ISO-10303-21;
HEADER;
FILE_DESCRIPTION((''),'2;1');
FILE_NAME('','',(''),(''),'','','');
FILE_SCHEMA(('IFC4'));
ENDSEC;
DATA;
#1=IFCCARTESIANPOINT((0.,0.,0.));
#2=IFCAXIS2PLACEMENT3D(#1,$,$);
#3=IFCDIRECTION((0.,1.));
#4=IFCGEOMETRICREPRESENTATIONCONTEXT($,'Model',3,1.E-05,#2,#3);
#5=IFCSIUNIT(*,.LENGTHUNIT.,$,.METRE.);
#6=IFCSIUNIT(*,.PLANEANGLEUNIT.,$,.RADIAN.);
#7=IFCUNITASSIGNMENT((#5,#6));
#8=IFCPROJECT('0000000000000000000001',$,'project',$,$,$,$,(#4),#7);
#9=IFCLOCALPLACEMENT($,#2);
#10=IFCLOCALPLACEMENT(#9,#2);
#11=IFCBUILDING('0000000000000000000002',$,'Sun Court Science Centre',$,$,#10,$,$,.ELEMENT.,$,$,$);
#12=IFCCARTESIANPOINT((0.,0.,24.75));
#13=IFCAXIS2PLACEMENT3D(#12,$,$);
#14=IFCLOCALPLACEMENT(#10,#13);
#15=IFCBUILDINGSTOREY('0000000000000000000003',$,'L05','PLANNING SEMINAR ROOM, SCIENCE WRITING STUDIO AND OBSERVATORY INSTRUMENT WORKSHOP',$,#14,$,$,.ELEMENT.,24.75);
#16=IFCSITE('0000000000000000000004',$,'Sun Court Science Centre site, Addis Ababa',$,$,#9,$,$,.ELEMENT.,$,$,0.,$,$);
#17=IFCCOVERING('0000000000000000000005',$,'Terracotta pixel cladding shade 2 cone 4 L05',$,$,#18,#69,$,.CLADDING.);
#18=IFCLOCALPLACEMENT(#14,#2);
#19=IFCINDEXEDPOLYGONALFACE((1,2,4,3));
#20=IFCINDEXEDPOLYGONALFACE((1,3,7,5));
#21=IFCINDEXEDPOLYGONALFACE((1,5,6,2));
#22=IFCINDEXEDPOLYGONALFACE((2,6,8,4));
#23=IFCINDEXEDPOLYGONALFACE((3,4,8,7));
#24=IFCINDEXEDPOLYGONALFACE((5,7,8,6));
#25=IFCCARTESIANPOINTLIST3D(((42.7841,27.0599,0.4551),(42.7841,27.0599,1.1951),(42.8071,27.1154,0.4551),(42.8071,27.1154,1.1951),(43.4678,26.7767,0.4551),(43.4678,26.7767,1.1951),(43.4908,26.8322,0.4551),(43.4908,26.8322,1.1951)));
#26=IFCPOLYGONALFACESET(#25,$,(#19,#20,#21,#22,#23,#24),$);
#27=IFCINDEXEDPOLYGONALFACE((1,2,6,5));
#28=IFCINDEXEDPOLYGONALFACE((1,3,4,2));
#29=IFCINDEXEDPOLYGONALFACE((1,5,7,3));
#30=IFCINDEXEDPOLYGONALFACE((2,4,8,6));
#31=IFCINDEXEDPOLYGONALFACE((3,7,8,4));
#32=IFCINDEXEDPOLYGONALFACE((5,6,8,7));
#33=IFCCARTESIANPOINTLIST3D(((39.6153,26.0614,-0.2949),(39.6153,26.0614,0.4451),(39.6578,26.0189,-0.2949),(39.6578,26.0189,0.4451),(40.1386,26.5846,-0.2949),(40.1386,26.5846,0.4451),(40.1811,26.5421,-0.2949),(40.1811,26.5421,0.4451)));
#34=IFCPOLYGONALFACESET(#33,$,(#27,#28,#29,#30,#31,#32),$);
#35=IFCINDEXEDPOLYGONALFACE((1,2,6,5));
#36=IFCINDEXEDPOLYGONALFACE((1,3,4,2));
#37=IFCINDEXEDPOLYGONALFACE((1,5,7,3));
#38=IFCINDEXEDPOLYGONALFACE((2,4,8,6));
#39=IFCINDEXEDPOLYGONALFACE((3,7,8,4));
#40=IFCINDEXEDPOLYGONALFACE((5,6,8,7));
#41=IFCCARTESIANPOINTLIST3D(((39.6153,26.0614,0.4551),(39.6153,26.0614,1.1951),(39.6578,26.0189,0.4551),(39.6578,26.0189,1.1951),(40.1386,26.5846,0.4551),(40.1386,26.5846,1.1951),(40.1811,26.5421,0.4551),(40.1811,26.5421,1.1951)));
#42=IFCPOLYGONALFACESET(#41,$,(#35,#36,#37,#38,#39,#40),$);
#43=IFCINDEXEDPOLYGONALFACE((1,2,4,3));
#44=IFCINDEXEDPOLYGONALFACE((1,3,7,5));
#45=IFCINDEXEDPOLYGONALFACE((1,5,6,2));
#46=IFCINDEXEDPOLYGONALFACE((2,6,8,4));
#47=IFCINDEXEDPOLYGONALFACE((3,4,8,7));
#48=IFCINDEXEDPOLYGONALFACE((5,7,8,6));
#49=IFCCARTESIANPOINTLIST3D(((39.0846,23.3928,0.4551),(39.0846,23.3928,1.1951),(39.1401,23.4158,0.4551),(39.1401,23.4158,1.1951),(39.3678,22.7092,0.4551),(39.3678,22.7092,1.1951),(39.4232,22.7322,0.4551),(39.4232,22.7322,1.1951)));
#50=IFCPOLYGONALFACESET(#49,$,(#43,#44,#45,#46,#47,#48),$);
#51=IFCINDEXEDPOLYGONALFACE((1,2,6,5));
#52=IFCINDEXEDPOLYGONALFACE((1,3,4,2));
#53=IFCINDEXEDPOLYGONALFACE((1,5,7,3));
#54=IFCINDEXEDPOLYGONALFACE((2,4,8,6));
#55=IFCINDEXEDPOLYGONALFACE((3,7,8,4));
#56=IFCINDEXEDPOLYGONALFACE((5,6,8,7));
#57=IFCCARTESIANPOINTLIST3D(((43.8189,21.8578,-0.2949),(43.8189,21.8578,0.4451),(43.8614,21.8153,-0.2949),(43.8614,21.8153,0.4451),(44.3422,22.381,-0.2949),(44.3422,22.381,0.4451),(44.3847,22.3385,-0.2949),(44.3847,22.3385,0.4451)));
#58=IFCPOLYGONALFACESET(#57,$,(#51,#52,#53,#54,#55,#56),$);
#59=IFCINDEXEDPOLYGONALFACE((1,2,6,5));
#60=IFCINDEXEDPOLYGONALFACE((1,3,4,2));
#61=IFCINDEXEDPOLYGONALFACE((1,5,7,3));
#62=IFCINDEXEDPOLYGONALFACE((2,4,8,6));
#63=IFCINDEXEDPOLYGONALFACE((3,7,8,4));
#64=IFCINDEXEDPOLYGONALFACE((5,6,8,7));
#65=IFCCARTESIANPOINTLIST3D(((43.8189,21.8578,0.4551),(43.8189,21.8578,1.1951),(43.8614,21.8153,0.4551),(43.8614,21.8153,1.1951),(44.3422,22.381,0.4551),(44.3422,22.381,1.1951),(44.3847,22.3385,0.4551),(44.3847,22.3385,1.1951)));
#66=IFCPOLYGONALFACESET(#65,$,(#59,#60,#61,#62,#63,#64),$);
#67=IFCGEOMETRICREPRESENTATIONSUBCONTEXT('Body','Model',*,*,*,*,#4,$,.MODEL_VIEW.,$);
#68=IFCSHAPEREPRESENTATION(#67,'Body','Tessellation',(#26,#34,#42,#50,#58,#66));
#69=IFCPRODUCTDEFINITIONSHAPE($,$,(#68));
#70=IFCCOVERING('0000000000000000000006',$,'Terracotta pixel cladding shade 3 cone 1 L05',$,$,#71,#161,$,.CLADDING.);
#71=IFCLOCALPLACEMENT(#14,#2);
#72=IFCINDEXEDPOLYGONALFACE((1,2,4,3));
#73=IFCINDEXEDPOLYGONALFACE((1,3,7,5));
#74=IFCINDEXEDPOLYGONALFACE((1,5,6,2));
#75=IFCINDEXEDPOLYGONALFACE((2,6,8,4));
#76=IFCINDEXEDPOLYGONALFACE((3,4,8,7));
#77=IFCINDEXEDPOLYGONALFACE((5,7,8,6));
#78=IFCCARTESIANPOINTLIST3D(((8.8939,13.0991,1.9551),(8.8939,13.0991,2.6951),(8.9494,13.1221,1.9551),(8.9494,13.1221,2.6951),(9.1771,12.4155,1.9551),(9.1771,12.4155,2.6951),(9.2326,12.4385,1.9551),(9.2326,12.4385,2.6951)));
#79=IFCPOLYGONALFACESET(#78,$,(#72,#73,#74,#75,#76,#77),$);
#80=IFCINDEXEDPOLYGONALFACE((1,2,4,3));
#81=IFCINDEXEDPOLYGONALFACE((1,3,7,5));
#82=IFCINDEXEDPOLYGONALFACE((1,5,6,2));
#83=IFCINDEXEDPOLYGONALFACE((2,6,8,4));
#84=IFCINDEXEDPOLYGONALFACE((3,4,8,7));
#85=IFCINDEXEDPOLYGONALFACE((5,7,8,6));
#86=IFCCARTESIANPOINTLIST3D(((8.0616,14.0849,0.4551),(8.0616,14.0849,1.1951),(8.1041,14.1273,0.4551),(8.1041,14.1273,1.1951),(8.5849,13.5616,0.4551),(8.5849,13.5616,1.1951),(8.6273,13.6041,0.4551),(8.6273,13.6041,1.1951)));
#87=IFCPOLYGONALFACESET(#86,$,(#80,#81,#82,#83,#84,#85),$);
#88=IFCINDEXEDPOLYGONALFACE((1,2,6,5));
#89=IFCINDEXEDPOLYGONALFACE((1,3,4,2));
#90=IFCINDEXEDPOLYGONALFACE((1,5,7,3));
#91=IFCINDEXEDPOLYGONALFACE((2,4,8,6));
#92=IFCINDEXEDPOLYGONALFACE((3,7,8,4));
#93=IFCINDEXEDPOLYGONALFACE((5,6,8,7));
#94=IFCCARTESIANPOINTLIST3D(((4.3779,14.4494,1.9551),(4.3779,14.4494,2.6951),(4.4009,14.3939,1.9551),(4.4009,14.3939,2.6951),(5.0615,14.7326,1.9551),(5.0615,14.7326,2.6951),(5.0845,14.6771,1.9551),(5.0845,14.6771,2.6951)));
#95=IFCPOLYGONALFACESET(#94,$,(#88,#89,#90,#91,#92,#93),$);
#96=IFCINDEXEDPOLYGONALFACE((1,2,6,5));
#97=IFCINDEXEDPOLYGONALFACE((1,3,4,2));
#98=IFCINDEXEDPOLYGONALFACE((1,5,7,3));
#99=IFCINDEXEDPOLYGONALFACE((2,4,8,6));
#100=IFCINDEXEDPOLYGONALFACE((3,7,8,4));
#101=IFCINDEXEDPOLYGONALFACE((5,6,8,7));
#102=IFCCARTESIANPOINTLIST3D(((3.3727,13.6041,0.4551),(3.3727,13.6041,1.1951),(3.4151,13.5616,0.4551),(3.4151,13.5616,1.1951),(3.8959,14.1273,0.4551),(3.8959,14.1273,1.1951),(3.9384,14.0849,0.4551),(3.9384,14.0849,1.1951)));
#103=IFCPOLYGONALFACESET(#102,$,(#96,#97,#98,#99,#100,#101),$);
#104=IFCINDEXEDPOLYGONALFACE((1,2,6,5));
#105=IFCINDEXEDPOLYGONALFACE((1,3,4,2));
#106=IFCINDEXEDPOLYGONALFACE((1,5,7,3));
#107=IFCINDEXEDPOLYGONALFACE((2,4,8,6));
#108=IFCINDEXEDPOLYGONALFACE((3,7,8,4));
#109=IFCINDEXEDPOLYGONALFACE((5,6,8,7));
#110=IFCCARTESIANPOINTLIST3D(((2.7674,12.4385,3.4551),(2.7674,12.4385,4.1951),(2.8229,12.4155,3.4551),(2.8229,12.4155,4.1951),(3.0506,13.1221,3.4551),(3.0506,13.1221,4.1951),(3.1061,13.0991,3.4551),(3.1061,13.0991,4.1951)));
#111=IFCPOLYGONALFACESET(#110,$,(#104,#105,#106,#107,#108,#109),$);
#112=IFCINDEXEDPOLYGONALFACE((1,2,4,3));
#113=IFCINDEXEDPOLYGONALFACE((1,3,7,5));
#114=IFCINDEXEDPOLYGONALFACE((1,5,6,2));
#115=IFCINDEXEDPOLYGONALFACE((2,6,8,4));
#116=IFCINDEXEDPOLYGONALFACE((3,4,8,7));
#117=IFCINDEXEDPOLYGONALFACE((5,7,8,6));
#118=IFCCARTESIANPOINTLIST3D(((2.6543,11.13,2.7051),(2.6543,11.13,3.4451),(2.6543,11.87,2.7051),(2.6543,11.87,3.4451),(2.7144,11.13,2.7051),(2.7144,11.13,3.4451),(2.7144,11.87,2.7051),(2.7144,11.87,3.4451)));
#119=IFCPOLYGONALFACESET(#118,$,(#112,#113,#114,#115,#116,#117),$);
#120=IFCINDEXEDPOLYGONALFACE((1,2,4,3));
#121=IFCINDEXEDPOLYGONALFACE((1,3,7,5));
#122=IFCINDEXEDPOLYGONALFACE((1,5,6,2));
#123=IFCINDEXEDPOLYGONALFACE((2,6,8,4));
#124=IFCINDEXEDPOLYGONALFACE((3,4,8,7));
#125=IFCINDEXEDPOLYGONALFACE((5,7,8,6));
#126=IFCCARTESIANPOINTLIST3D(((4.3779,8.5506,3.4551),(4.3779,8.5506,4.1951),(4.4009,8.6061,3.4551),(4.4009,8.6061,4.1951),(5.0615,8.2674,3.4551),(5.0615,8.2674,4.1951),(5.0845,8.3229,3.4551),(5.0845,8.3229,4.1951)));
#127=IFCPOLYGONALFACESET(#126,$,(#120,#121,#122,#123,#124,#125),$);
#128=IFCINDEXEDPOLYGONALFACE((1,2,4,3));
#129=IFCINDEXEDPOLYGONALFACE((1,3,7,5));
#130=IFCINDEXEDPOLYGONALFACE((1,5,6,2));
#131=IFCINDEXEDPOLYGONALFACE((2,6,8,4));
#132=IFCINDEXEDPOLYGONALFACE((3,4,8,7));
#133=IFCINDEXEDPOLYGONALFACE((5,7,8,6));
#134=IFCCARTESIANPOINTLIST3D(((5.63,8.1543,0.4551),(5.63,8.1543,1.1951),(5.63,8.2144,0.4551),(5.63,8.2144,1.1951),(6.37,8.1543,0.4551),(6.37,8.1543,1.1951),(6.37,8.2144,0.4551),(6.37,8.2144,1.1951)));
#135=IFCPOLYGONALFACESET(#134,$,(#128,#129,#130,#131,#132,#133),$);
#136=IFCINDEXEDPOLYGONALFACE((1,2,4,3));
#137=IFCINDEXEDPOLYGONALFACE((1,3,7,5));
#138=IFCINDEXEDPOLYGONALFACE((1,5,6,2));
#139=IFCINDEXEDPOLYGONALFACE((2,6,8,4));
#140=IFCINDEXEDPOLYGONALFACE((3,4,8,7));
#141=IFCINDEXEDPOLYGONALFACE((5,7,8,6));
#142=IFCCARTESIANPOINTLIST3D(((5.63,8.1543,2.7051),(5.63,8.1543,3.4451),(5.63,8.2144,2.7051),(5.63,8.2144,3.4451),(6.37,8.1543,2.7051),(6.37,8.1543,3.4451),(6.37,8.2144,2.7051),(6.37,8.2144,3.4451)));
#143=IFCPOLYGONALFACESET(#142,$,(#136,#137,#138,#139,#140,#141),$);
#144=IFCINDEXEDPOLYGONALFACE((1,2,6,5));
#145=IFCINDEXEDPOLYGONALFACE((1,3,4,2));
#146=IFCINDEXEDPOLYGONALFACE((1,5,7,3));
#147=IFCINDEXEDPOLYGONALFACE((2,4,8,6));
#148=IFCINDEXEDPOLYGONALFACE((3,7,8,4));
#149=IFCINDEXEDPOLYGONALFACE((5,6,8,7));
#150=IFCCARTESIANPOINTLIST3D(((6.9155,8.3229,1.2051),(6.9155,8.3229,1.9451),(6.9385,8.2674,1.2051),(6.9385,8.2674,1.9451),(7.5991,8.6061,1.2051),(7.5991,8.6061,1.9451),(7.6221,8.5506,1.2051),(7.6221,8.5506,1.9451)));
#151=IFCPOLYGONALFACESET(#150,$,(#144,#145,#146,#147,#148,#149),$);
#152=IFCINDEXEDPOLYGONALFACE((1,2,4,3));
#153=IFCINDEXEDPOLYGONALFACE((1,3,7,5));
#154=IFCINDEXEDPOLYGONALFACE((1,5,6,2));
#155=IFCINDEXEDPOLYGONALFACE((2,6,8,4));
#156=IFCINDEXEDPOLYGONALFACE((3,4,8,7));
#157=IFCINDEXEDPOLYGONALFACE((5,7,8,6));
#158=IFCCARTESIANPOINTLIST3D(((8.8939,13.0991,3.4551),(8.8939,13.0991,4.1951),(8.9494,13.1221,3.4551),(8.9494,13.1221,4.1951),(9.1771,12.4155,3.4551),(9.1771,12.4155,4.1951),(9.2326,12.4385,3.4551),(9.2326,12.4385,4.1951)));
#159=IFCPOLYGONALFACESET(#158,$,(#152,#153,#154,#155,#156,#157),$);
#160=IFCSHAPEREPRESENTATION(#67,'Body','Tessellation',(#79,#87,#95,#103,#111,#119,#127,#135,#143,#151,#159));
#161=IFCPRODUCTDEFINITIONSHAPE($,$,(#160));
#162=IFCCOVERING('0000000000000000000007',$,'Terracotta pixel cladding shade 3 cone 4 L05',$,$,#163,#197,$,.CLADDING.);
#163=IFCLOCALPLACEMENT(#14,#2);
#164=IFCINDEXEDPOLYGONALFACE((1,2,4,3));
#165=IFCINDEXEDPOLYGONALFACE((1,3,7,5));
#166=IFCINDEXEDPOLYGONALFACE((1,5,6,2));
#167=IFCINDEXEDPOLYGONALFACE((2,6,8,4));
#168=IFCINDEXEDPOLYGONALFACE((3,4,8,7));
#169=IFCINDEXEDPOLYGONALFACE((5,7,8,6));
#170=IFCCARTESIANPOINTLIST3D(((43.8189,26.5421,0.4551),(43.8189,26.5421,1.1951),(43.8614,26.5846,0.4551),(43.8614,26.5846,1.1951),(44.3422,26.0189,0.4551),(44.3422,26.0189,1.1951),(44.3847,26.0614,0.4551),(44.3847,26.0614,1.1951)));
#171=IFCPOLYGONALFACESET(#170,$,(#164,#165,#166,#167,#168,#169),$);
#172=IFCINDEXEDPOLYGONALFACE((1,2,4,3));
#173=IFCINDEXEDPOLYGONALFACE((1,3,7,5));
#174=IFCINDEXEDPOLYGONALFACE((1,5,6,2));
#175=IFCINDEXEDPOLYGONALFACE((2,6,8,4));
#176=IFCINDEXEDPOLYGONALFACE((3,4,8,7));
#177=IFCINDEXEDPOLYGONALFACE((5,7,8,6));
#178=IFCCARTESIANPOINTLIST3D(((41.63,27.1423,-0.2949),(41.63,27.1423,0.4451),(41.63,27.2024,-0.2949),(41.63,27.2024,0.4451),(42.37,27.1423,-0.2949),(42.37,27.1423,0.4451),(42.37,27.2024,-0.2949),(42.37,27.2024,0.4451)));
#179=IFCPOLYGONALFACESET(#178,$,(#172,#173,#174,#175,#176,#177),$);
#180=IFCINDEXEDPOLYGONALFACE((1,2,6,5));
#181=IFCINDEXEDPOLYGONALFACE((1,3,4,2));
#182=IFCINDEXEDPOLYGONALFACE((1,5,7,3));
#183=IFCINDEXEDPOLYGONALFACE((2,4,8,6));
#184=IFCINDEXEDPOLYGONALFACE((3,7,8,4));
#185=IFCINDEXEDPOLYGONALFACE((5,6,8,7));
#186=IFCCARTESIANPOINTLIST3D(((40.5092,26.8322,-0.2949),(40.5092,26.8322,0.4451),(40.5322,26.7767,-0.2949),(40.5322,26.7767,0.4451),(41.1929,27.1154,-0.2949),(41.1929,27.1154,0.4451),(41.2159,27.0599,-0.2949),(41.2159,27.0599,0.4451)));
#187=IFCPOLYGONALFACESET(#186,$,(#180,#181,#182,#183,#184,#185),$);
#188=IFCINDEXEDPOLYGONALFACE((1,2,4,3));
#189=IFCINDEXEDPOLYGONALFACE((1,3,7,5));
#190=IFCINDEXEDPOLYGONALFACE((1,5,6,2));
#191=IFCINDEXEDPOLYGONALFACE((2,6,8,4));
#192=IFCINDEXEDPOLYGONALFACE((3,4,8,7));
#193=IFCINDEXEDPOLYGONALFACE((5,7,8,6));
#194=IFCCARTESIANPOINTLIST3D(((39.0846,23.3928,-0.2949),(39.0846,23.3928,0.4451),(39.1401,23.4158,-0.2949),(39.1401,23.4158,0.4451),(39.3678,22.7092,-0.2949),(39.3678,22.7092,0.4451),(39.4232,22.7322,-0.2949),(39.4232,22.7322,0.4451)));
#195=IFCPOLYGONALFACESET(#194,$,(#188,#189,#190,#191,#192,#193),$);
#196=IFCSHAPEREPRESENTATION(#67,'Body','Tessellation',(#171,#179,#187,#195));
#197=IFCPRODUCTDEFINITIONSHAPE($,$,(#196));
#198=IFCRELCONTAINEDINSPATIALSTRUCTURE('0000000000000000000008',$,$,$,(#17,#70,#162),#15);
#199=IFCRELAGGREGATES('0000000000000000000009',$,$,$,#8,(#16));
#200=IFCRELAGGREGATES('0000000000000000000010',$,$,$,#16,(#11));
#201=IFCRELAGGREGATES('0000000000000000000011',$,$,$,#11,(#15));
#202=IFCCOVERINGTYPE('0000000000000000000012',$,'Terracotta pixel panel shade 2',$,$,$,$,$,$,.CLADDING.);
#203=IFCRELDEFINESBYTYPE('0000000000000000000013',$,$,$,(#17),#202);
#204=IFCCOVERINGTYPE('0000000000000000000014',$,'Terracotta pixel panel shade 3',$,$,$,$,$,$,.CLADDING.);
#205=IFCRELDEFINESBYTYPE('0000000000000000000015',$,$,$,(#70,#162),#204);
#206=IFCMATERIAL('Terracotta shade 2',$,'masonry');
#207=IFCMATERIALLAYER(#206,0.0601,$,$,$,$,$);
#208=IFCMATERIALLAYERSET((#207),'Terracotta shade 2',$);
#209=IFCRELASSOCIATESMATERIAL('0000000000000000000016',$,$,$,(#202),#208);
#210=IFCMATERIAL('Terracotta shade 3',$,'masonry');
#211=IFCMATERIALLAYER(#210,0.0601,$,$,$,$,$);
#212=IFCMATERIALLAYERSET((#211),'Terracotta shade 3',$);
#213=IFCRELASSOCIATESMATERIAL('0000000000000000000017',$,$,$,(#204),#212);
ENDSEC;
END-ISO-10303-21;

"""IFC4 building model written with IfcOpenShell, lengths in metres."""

from ifc_helpers import new_model, si_unit, direction, frame, origin, origin_2d, place, context, subcontext, project, spatial, rectangle, extrude, material, layer, layer_set, type_object, element, save


model = new_model("IFC4")

# Units and contexts
model_context = context("Model", 3, precision=1e-05, world=origin(), true_north=direction((0.0, 1.0)))
body_context = subcontext(model_context, "Body", "Model", "MODEL_VIEW")
ifc_project = project(units=[si_unit("LENGTHUNIT", "METRE"), si_unit("PLANEANGLEUNIT", "RADIAN")], contexts=[model_context])

# Site, building, storey
site_placement = place(None, origin())
site = spatial("IfcSite", under=ifc_project, at=site_placement, Name="Sun Court Science Centre site, Addis Ababa", CompositionType="ELEMENT", RefElevation=0.0)
building_placement = place(site_placement, origin())
building = spatial("IfcBuilding", under=site, at=building_placement, Name="Sun Court Science Centre", CompositionType="ELEMENT")
storey_placement = place(building_placement, frame((0.0, 0.0, 24.75)))
storey = spatial("IfcBuildingStorey", under=building, at=storey_placement, Name="L05", Description="PLANNING SEMINAR ROOM, SCIENCE WRITING STUDIO AND OBSERVATORY INSTRUMENT WORKSHOP", CompositionType="ELEMENT", Elevation=24.75)

# Coverings
ifc_material_1 = material(Name="Terracotta shade 2", Category="masonry")
ifc_layer_1 = layer(ifc_material_1, 0.0601)
ifc_layer_set_1 = layer_set([ifc_layer_1], Name="Terracotta shade 2")
covering_type_1 = type_object("IfcCoveringType", Name="Terracotta pixel panel shade 2", PredefinedType="CLADDING", material=ifc_layer_set_1)
covering_1_placement = place(storey_placement, frame((0.0, 0.0, -24.75)))
element("IfcCovering", 1, at=covering_1_placement, inside=storey, type_object=covering_type_1, Name="Terracotta pixel cladding shade 2 cone 4 L05", PredefinedType="CLADDING", context=body_context, shape_type="SweptSolid", body=[
    extrude(rectangle(XDim=0.74, YDim=0.0601, at=origin_2d()), frame((43.1375, 26.946, 25.2051), z_axis=(0.0, 0.0, 1.0), x_axis=(0.92388, -0.382683, 0.0)), (0.0, 0.0, 1.0), 0.74),
    extrude(rectangle(XDim=0.74, YDim=0.0601, at=origin_2d()), frame((39.8982, 26.3018, 24.4551), z_axis=(0.0, 0.0, 1.0), x_axis=(0.707107, 0.707107, 0.0)), (0.0, 0.0, 1.0), 0.74),
    extrude(rectangle(XDim=0.74, YDim=0.0601, at=origin_2d()), frame((39.8982, 26.3018, 25.2051), z_axis=(0.0, 0.0, 1.0), x_axis=(0.707107, 0.707107, 0.0)), (0.0, 0.0, 1.0), 0.74),
    extrude(rectangle(XDim=0.74, YDim=0.0601, at=origin_2d()), frame((39.2539, 23.0625, 25.2051), z_axis=(0.0, 0.0, 1.0), x_axis=(-0.382683, 0.92388, 0.0)), (0.0, 0.0, 1.0), 0.74),
    extrude(rectangle(XDim=0.74, YDim=0.0601, at=origin_2d()), frame((44.1018, 22.0981, 24.4551), z_axis=(0.0, 0.0, 1.0), x_axis=(-0.707107, -0.707107, 0.0)), (0.0, 0.0, 1.0), 0.74),
    extrude(rectangle(XDim=0.74, YDim=0.0601, at=origin_2d()), frame((44.1018, 22.0981, 25.2051), z_axis=(0.0, 0.0, 1.0), x_axis=(-0.707107, -0.707107, 0.0)), (0.0, 0.0, 1.0), 0.74),
])
ifc_material_2 = material(Name="Terracotta shade 3", Category="masonry")
ifc_layer_2 = layer(ifc_material_2, 0.0601)
ifc_layer_set_2 = layer_set([ifc_layer_2], Name="Terracotta shade 3")
covering_type_2 = type_object("IfcCoveringType", Name="Terracotta pixel panel shade 3", PredefinedType="CLADDING", material=ifc_layer_set_2)
covering_2_placement = place(storey_placement, frame((0.0, 0.0, -24.75)))
element("IfcCovering", 2, at=covering_2_placement, inside=storey, type_object=covering_type_2, Name="Terracotta pixel cladding shade 3 cone 1 L05", PredefinedType="CLADDING", context=body_context, shape_type="SweptSolid", body=[
    extrude(rectangle(XDim=0.74, YDim=0.0601, at=origin_2d()), frame((9.0632, 12.7688, 26.7051), z_axis=(0.0, 0.0, 1.0), x_axis=(0.382683, -0.92388, 0.0)), (0.0, 0.0, 1.0), 0.74),
    extrude(rectangle(XDim=0.74, YDim=0.0601, at=origin_2d()), frame((8.3445, 13.8445, 25.2051), z_axis=(0.0, 0.0, 1.0), x_axis=(0.707107, -0.707107, 0.0)), (0.0, 0.0, 1.0), 0.74),
    extrude(rectangle(XDim=0.74, YDim=0.0601, at=origin_2d()), frame((4.7312, 14.5632, 26.7051), z_axis=(0.0, 0.0, 1.0), x_axis=(0.92388, 0.382683, 0.0)), (0.0, 0.0, 1.0), 0.74),
    extrude(rectangle(XDim=0.74, YDim=0.0601, at=origin_2d()), frame((3.6555, 13.8445, 25.2051), z_axis=(0.0, 0.0, 1.0), x_axis=(0.707107, 0.707107, 0.0)), (0.0, 0.0, 1.0), 0.74),
    extrude(rectangle(XDim=0.74, YDim=0.0601, at=origin_2d()), frame((2.9368, 12.7688, 28.2051), z_axis=(0.0, 0.0, 1.0), x_axis=(0.382683, 0.92388, 0.0)), (0.0, 0.0, 1.0), 0.74),
    extrude(rectangle(XDim=0.74, YDim=0.0601, at=origin_2d()), frame((2.6843, 11.5, 27.4551), z_axis=(0.0, 0.0, 1.0), x_axis=(0.0, 1.0, 0.0)), (0.0, 0.0, 1.0), 0.74),
    extrude(rectangle(XDim=0.74, YDim=0.0601, at=origin_2d()), frame((4.7312, 8.4368, 28.2051), z_axis=(0.0, 0.0, 1.0), x_axis=(-0.92388, 0.382683, 0.0)), (0.0, 0.0, 1.0), 0.74),
    extrude(rectangle(XDim=0.74, YDim=0.0601, at=origin_2d()), frame((6.0, 8.1843, 25.2051), z_axis=(0.0, 0.0, 1.0), x_axis=(-1.0, 0.0, 0.0)), (0.0, 0.0, 1.0), 0.74),
    extrude(rectangle(XDim=0.74, YDim=0.0601, at=origin_2d()), frame((6.0, 8.1843, 27.4551), z_axis=(0.0, 0.0, 1.0), x_axis=(-1.0, 0.0, 0.0)), (0.0, 0.0, 1.0), 0.74),
    extrude(rectangle(XDim=0.74, YDim=0.0601, at=origin_2d()), frame((7.2688, 8.4368, 25.9551), z_axis=(0.0, 0.0, 1.0), x_axis=(-0.92388, -0.382683, 0.0)), (0.0, 0.0, 1.0), 0.74),
    extrude(rectangle(XDim=0.74, YDim=0.0601, at=origin_2d()), frame((9.0632, 12.7688, 28.2051), z_axis=(0.0, 0.0, 1.0), x_axis=(0.382683, -0.92388, 0.0)), (0.0, 0.0, 1.0), 0.74),
])
covering_3_placement = place(storey_placement, frame((0.0, 0.0, -24.75)))
element("IfcCovering", 3, at=covering_3_placement, inside=storey, type_object=covering_type_2, Name="Terracotta pixel cladding shade 3 cone 4 L05", PredefinedType="CLADDING", context=body_context, shape_type="SweptSolid", body=[
    extrude(rectangle(XDim=0.74, YDim=0.0601, at=origin_2d()), frame((44.1018, 26.3018, 25.2051), z_axis=(0.0, 0.0, 1.0), x_axis=(0.707107, -0.707107, 0.0)), (0.0, 0.0, 1.0), 0.74),
    extrude(rectangle(XDim=0.74, YDim=0.0601, at=origin_2d()), frame((42.0, 27.1724, 24.4551), z_axis=(0.0, 0.0, 1.0), x_axis=(1.0, 0.0, 0.0)), (0.0, 0.0, 1.0), 0.74),
    extrude(rectangle(XDim=0.74, YDim=0.0601, at=origin_2d()), frame((40.8625, 26.946, 24.4551), z_axis=(0.0, 0.0, 1.0), x_axis=(0.92388, 0.382683, 0.0)), (0.0, 0.0, 1.0), 0.74),
    extrude(rectangle(XDim=0.74, YDim=0.0601, at=origin_2d()), frame((39.2539, 23.0625, 24.4551), z_axis=(0.0, 0.0, 1.0), x_axis=(-0.382683, 0.92388, 0.0)), (0.0, 0.0, 1.0), 0.74),
])

save(model, "model.ifc")
